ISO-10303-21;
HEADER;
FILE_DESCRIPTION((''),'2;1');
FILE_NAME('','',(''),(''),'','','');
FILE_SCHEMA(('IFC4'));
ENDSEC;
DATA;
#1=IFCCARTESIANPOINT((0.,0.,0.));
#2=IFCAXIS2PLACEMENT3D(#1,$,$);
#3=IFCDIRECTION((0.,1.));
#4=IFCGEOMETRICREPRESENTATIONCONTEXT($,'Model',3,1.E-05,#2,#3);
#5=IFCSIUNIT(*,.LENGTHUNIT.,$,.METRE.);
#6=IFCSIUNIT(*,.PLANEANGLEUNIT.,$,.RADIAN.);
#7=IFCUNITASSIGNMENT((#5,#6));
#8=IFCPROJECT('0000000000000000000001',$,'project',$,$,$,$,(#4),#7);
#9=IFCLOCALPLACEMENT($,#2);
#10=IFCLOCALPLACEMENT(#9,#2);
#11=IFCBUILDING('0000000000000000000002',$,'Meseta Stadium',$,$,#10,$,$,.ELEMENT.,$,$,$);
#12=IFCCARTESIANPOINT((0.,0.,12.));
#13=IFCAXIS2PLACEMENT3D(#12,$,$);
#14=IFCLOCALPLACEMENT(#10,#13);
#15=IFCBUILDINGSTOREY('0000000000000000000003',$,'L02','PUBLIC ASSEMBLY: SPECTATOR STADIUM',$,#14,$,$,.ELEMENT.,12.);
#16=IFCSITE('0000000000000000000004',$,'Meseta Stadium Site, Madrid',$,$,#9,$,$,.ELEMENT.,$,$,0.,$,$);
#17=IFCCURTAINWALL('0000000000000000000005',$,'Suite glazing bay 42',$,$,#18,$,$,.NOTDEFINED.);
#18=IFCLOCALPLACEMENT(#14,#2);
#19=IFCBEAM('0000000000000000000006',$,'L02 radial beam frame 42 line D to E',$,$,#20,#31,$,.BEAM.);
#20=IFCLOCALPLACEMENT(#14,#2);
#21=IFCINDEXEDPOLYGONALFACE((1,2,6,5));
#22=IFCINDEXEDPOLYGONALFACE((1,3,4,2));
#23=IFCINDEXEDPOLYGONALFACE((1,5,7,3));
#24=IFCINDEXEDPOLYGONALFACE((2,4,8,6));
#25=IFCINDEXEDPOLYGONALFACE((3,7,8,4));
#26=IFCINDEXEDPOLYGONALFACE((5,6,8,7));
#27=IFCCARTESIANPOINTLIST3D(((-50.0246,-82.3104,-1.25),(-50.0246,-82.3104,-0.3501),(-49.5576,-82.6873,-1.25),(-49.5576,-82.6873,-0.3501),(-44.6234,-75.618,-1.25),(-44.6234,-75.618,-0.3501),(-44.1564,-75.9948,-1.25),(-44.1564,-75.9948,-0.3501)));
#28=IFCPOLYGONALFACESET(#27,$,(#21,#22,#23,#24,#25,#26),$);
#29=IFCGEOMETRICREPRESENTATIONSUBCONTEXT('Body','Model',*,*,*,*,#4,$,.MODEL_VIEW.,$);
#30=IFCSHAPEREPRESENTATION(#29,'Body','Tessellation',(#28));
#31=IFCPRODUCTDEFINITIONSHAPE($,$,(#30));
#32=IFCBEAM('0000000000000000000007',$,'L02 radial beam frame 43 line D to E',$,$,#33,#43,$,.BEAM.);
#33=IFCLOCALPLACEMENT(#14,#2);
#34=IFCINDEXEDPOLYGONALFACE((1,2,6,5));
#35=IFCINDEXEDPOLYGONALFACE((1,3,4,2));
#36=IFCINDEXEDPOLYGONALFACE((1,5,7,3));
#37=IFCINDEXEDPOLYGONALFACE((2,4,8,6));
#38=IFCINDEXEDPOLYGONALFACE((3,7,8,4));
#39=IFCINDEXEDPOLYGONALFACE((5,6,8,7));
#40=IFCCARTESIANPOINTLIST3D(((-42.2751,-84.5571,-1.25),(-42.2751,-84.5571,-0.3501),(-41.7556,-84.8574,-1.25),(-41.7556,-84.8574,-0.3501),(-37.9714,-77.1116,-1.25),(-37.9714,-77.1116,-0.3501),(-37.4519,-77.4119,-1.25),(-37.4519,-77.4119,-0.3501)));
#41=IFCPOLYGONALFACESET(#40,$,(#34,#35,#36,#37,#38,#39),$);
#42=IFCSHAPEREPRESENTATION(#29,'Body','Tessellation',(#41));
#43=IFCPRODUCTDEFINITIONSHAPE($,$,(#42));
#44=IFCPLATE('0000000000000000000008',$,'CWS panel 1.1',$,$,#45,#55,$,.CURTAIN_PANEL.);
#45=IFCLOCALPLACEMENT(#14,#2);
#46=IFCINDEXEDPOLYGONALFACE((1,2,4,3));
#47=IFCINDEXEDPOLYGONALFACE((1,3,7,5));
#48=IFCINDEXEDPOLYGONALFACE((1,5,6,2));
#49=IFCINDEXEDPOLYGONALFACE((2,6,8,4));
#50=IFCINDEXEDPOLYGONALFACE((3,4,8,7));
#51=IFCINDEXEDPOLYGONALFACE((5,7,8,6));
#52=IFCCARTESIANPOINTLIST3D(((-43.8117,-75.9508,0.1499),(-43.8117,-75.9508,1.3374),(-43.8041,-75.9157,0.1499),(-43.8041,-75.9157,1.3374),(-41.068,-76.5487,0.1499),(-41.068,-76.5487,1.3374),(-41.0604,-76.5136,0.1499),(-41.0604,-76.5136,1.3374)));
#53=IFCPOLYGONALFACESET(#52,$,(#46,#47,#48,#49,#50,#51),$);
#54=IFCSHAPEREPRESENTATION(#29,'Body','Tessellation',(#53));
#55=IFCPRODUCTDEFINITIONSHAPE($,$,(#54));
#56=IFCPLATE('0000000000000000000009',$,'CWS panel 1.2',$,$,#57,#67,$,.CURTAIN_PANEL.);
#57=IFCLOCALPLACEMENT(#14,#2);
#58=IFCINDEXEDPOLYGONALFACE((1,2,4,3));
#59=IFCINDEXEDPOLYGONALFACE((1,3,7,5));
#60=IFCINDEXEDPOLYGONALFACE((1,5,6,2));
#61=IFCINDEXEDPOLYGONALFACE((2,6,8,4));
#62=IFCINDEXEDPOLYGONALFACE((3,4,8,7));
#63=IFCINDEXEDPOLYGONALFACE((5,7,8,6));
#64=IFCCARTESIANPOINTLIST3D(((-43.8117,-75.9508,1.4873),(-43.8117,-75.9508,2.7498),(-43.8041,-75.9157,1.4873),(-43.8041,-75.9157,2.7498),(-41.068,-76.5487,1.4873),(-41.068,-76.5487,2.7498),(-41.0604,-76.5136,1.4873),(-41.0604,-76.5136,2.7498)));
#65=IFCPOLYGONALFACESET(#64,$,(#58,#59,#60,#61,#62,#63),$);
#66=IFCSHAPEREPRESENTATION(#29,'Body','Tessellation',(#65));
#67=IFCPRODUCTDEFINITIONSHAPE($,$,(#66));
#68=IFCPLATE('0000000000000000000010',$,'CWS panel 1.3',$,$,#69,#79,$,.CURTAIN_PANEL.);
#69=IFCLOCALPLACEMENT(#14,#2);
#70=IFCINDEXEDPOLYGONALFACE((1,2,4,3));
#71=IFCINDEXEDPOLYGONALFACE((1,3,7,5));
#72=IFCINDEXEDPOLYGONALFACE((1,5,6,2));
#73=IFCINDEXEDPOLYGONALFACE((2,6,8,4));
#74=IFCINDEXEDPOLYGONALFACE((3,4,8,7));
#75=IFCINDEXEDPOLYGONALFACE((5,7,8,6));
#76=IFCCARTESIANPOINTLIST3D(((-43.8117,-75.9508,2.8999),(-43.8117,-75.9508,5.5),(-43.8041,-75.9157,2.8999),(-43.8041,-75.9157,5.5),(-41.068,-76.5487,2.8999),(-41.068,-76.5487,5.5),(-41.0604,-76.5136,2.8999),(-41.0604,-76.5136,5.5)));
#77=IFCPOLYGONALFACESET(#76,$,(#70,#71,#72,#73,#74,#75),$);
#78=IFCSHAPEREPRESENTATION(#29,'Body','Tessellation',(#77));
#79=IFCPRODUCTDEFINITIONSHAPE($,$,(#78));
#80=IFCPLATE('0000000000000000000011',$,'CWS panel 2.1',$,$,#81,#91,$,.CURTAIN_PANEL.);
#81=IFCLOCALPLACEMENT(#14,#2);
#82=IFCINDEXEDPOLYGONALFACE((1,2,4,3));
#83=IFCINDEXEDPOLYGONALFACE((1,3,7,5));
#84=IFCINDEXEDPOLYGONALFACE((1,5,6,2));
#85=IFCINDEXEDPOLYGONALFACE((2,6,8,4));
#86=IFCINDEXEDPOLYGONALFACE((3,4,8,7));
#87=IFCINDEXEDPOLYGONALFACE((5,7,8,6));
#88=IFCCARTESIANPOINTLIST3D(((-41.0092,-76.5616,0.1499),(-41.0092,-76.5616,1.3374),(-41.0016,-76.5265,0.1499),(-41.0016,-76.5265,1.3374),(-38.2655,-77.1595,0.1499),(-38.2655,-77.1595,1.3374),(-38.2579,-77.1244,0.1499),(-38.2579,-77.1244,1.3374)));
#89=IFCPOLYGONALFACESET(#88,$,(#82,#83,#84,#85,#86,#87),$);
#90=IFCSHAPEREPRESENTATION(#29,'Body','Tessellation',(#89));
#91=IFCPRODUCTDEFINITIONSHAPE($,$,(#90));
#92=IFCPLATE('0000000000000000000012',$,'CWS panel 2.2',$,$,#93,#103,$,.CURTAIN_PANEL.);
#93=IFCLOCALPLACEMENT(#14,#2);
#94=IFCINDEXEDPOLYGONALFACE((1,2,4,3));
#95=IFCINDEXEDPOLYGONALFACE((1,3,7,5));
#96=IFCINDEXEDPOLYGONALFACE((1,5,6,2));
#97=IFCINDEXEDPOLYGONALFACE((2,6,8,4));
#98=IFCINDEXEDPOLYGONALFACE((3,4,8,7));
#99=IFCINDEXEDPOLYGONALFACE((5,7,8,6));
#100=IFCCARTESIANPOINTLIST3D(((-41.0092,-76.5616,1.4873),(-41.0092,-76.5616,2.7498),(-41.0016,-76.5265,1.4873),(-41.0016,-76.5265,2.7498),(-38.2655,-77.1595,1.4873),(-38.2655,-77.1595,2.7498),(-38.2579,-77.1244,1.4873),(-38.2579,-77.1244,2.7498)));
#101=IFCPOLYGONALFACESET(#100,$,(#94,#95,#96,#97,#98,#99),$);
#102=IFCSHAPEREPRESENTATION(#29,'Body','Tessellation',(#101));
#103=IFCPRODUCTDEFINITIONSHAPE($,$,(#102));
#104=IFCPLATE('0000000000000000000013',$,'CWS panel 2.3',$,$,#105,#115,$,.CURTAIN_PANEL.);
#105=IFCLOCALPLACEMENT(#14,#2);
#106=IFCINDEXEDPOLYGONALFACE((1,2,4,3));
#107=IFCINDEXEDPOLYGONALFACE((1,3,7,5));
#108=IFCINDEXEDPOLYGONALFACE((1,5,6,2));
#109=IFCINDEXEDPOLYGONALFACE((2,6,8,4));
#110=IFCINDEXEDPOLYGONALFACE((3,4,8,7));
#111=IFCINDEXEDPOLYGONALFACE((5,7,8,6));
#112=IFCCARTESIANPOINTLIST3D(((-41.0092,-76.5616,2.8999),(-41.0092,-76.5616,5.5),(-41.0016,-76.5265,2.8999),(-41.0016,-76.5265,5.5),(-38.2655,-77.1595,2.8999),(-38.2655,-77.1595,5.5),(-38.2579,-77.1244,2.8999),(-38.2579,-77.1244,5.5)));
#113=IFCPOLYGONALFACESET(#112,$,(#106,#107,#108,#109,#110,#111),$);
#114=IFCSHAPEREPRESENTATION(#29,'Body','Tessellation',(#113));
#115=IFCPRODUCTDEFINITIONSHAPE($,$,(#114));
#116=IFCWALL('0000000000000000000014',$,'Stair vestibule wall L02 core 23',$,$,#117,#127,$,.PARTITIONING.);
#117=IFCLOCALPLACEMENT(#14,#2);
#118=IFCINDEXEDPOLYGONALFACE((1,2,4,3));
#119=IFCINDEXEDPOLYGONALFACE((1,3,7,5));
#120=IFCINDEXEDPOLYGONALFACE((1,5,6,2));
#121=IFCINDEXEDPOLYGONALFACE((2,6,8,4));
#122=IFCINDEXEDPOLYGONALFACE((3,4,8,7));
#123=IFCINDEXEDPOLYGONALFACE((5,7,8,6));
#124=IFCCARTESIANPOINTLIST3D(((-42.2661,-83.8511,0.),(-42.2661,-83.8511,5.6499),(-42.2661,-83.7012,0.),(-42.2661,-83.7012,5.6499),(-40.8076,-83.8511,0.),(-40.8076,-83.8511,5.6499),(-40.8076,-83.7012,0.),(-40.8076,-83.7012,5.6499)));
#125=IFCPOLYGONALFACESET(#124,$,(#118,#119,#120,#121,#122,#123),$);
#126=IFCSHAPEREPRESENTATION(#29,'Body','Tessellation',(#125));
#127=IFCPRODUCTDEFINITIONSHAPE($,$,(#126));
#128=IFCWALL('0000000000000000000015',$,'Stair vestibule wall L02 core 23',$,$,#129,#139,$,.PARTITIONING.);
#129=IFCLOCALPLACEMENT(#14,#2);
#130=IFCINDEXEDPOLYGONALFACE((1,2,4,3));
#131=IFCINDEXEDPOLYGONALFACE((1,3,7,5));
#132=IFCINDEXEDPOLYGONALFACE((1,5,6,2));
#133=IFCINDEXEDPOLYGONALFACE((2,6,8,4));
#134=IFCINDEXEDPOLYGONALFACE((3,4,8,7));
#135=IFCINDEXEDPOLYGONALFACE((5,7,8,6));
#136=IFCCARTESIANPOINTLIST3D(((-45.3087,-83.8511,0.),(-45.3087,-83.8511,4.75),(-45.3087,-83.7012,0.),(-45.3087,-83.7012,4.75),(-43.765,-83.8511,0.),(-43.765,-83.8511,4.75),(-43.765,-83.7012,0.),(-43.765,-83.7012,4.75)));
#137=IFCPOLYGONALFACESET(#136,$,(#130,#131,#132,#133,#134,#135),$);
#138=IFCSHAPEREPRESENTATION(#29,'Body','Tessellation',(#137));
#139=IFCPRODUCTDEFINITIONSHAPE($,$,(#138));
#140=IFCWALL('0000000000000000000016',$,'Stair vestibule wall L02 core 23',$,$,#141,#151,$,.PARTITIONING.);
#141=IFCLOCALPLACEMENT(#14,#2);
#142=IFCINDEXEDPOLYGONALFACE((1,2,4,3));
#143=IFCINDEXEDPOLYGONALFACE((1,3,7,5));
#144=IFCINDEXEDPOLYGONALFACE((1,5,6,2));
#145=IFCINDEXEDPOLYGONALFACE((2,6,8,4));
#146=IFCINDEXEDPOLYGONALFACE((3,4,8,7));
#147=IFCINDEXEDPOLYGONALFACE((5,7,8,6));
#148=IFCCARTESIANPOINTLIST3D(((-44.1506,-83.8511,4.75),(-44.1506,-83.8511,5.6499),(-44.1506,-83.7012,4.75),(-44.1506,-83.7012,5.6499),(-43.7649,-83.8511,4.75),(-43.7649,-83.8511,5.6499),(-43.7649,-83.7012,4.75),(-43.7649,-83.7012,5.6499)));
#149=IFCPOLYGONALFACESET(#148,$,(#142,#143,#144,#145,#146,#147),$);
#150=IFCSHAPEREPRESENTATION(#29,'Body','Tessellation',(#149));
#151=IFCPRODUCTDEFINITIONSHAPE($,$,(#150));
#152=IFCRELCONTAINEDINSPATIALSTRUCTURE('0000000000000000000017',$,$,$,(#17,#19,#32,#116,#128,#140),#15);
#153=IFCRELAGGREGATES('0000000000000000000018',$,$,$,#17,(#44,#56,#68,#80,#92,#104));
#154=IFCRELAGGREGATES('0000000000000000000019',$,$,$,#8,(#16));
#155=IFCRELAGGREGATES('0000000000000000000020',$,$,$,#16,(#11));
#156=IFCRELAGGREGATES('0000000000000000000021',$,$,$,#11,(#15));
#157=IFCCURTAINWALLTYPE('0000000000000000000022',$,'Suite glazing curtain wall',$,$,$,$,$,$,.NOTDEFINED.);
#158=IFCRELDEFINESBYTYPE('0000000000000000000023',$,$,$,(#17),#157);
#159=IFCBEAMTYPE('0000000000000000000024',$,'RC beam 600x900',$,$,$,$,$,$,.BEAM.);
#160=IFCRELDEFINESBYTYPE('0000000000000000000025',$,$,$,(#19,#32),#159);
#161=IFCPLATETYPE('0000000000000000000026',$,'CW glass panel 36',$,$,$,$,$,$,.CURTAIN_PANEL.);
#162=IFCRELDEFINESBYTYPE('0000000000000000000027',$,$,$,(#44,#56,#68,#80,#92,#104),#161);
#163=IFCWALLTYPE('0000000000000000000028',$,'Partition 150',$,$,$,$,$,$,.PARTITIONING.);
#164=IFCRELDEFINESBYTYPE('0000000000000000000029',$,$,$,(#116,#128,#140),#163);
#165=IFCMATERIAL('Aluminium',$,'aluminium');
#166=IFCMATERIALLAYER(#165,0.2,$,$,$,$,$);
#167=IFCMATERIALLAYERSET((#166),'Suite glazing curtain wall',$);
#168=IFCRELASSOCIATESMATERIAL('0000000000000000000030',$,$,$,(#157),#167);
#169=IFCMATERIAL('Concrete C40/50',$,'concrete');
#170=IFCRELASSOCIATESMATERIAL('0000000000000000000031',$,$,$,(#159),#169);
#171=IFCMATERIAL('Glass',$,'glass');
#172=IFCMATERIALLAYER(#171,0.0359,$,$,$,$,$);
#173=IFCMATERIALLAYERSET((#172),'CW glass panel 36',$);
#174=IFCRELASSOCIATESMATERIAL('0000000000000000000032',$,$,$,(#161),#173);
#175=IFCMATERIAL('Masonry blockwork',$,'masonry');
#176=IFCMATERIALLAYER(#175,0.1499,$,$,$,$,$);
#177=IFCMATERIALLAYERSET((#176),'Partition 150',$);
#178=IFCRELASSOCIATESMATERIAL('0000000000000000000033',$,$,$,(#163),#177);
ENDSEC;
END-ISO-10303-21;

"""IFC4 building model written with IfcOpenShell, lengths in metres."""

from ifc_helpers import new_model, si_unit, direction, frame, frame_2d, origin, origin_2d, place, context, subcontext, project, spatial, rectangle, extrude, material, layer, layer_set, material_profile, profile_set, type_object, element, aggregate, save


model = new_model("IFC4")

# Units and contexts
model_context = context("Model", 3, precision=1e-05, world=origin(), true_north=direction((0.0, 1.0)))
body_context = subcontext(model_context, "Body", "Model", "MODEL_VIEW")
ifc_project = project(units=[si_unit("LENGTHUNIT", "METRE"), si_unit("PLANEANGLEUNIT", "RADIAN")], contexts=[model_context])

# Site, building, storey
site_placement = place(None, origin())
site = spatial("IfcSite", under=ifc_project, at=site_placement, Name="Meseta Stadium Site, Madrid", CompositionType="ELEMENT", RefElevation=0.0)
building_placement = place(site_placement, origin())
building = spatial("IfcBuilding", under=site, at=building_placement, Name="Meseta Stadium", CompositionType="ELEMENT")
storey_placement = place(building_placement, frame((0.0, 0.0, 12.0)))
storey = spatial("IfcBuildingStorey", under=building, at=storey_placement, Name="L02", Description="PUBLIC ASSEMBLY: SPECTATOR STADIUM", CompositionType="ELEMENT", Elevation=12.0)

# Shared definitions
ifc_material_1 = material(Name="Aluminium", Category="aluminium")
ifc_layer_1 = layer(ifc_material_1, 0.2)
ifc_layer_set_1 = layer_set([ifc_layer_1], Name="Suite glazing curtain wall")
curtain_wall_type = type_object("IfcCurtainWallType", Name="Suite glazing curtain wall", PredefinedType="NOTDEFINED", material=ifc_layer_set_1)

# Curtain wall
curtain_wall_1_placement = place(storey_placement, origin())
curtain_wall_1 = element("IfcCurtainWall", 1, at=curtain_wall_1_placement, inside=storey, type_object=curtain_wall_type, Name="Suite glazing bay 42", PredefinedType="NOTDEFINED")

# Beams
ifc_material_2 = material(Name="Concrete C40/50", Category="concrete")
ifc_material_profile_1 = material_profile(ifc_material_2, rectangle(XDim=0.6001, YDim=0.8999, at=origin_2d()), Name="RC 600x900")
ifc_profile_set_1 = profile_set([ifc_material_profile_1], Name="Concrete C40/50")
beam_type = type_object("IfcBeamType", Name="RC beam 600x900", PredefinedType="BEAM", material=ifc_profile_set_1)
beam_1_placement = place(storey_placement, frame((-44.3899, -75.8064, -0.8), z_axis=(-0.628037, -0.778183, 0.0), x_axis=(0.778183, -0.628037, 0.0)))
element("IfcBeam", 2, at=beam_1_placement, inside=storey, type_object=beam_type, Name="L02 radial beam frame 42 line D to E", PredefinedType="BEAM", context=body_context, shape_type="SweptSolid", body=[
    extrude(rectangle(XDim=0.6001, YDim=0.8999, at=origin_2d()), origin(), (0.0, 0.0, 1.0), 8.6001),
])
beam_2_placement = place(storey_placement, frame((-37.7117, -77.2617, -0.8), z_axis=(-0.500437, -0.865773, 0.0), x_axis=(0.865773, -0.500437, 0.0)))
element("IfcBeam", 3, at=beam_2_placement, inside=storey, type_object=beam_type, Name="L02 radial beam frame 43 line D to E", PredefinedType="BEAM", context=body_context, shape_type="SweptSolid", body=[
    extrude(rectangle(XDim=0.6001, YDim=0.8999, at=origin_2d()), origin(), (0.0, 0.0, 1.0), 8.5999),
])

# Plates
ifc_material_3 = material(Name="Glass", Category="glass")
ifc_layer_2 = layer(ifc_material_3, 0.0359)
ifc_layer_set_2 = layer_set([ifc_layer_2], Name="CW glass panel 36")
plate_type = type_object("IfcPlateType", Name="CW glass panel 36", PredefinedType="CURTAIN_PANEL", material=ifc_layer_set_2)
plate_1_placement = place(storey_placement, frame((-42.436, -76.2322, 0.1499), z_axis=(0.0, 0.0, 1.0), x_axis=(0.97707, -0.212917, 0.0)))
plate_1 = element("IfcPlate", 4, at=plate_1_placement, type_object=plate_type, Name="CWS panel 1.1", PredefinedType="CURTAIN_PANEL", context=body_context, shape_type="SweptSolid", body=[
    extrude(rectangle(XDim=2.8081, YDim=0.0359, at=origin_2d()), origin(), (0.0, 0.0, 1.0), 1.1875),
])
plate_2_placement = place(storey_placement, frame((-42.436, -76.2322, 1.4873), z_axis=(0.0, 0.0, 1.0), x_axis=(0.97707, -0.212917, 0.0)))
plate_2 = element("IfcPlate", 5, at=plate_2_placement, type_object=plate_type, Name="CWS panel 1.2", PredefinedType="CURTAIN_PANEL", context=body_context, shape_type="SweptSolid", body=[
    extrude(rectangle(XDim=2.8081, YDim=0.0359, at=origin_2d()), origin(), (0.0, 0.0, 1.0), 1.2625),
])
plate_3_placement = place(storey_placement, frame((-42.436, -76.2322, 2.8999), z_axis=(0.0, 0.0, 1.0), x_axis=(0.97707, -0.212917, 0.0)))
plate_3 = element("IfcPlate", 6, at=plate_3_placement, type_object=plate_type, Name="CWS panel 1.3", PredefinedType="CURTAIN_PANEL", context=body_context, shape_type="SweptSolid", body=[
    extrude(rectangle(XDim=2.8081, YDim=0.0359, at=origin_2d()), origin(), (0.0, 0.0, 1.0), 2.6001),
])
plate_4_placement = place(storey_placement, frame((-39.6335, -76.843, 0.1499), z_axis=(0.0, 0.0, 1.0), x_axis=(0.97707, -0.212917, 0.0)))
plate_4 = element("IfcPlate", 7, at=plate_4_placement, type_object=plate_type, Name="CWS panel 2.1", PredefinedType="CURTAIN_PANEL", context=body_context, shape_type="SweptSolid", body=[
    extrude(rectangle(XDim=2.8081, YDim=0.0359, at=origin_2d()), origin(), (0.0, 0.0, 1.0), 1.1875),
])
plate_5_placement = place(storey_placement, frame((-39.6335, -76.843, 1.4873), z_axis=(0.0, 0.0, 1.0), x_axis=(0.97707, -0.212917, 0.0)))
plate_5 = element("IfcPlate", 8, at=plate_5_placement, type_object=plate_type, Name="CWS panel 2.2", PredefinedType="CURTAIN_PANEL", context=body_context, shape_type="SweptSolid", body=[
    extrude(rectangle(XDim=2.8081, YDim=0.0359, at=origin_2d()), origin(), (0.0, 0.0, 1.0), 1.2625),
])
plate_6_placement = place(storey_placement, frame((-39.6335, -76.843, 2.8999), z_axis=(0.0, 0.0, 1.0), x_axis=(0.97707, -0.212917, 0.0)))
plate_6 = element("IfcPlate", 9, at=plate_6_placement, type_object=plate_type, Name="CWS panel 2.3", PredefinedType="CURTAIN_PANEL", context=body_context, shape_type="SweptSolid", body=[
    extrude(rectangle(XDim=2.8081, YDim=0.0359, at=origin_2d()), origin(), (0.0, 0.0, 1.0), 2.6001),
])
aggregate(curtain_wall_1, [plate_1, plate_2, plate_3, plate_4, plate_5, plate_6])

# Walls
ifc_material_4 = material(Name="Masonry blockwork", Category="masonry")
ifc_layer_3 = layer(ifc_material_4, 0.1499)
ifc_layer_set_3 = layer_set([ifc_layer_3], Name="Partition 150")
wall_type = type_object("IfcWallType", Name="Partition 150", PredefinedType="PARTITIONING", material=ifc_layer_set_3)
wall_1_placement = place(storey_placement, frame((-40.8076, -83.7761, 0.0), z_axis=(0.0, 0.0, 1.0), x_axis=(-1.0, 0.0, 0.0)))
element("IfcWall", 10, at=wall_1_placement, inside=storey, type_object=wall_type, Name="Stair vestibule wall L02 core 23", PredefinedType="PARTITIONING", context=body_context, shape_type="SweptSolid", body=[
    extrude(rectangle(XDim=1.4585, YDim=0.1499, at=frame_2d((0.7292, 0.0))), origin(), (0.0, 0.0, 1.0), 5.6499),
])
wall_2_placement = place(storey_placement, frame((-43.7649, -83.7761, 0.0), z_axis=(0.0, 0.0, 1.0), x_axis=(-1.0, 0.0, 0.0)))
element("IfcWall", 11, at=wall_2_placement, inside=storey, type_object=wall_type, Name="Stair vestibule wall L02 core 23", PredefinedType="PARTITIONING", context=body_context, shape_type="SweptSolid", body=[
    extrude(rectangle(XDim=1.5437, YDim=0.1499, at=frame_2d((0.772, 0.0))), origin(), (0.0, 0.0, 1.0), 4.75),
])
wall_3_placement = place(storey_placement, frame((-43.7649, -83.7761, 4.75), z_axis=(0.0, 0.0, 1.0), x_axis=(-1.0, 0.0, 0.0)))
element("IfcWall", 12, at=wall_3_placement, inside=storey, type_object=wall_type, Name="Stair vestibule wall L02 core 23", PredefinedType="PARTITIONING", context=body_context, shape_type="SweptSolid", body=[
    extrude(rectangle(XDim=0.3857, YDim=0.1499, at=frame_2d((0.1929, 0.0))), origin(), (0.0, 0.0, 1.0), 0.8999),
])

save(model, "model.ifc")
